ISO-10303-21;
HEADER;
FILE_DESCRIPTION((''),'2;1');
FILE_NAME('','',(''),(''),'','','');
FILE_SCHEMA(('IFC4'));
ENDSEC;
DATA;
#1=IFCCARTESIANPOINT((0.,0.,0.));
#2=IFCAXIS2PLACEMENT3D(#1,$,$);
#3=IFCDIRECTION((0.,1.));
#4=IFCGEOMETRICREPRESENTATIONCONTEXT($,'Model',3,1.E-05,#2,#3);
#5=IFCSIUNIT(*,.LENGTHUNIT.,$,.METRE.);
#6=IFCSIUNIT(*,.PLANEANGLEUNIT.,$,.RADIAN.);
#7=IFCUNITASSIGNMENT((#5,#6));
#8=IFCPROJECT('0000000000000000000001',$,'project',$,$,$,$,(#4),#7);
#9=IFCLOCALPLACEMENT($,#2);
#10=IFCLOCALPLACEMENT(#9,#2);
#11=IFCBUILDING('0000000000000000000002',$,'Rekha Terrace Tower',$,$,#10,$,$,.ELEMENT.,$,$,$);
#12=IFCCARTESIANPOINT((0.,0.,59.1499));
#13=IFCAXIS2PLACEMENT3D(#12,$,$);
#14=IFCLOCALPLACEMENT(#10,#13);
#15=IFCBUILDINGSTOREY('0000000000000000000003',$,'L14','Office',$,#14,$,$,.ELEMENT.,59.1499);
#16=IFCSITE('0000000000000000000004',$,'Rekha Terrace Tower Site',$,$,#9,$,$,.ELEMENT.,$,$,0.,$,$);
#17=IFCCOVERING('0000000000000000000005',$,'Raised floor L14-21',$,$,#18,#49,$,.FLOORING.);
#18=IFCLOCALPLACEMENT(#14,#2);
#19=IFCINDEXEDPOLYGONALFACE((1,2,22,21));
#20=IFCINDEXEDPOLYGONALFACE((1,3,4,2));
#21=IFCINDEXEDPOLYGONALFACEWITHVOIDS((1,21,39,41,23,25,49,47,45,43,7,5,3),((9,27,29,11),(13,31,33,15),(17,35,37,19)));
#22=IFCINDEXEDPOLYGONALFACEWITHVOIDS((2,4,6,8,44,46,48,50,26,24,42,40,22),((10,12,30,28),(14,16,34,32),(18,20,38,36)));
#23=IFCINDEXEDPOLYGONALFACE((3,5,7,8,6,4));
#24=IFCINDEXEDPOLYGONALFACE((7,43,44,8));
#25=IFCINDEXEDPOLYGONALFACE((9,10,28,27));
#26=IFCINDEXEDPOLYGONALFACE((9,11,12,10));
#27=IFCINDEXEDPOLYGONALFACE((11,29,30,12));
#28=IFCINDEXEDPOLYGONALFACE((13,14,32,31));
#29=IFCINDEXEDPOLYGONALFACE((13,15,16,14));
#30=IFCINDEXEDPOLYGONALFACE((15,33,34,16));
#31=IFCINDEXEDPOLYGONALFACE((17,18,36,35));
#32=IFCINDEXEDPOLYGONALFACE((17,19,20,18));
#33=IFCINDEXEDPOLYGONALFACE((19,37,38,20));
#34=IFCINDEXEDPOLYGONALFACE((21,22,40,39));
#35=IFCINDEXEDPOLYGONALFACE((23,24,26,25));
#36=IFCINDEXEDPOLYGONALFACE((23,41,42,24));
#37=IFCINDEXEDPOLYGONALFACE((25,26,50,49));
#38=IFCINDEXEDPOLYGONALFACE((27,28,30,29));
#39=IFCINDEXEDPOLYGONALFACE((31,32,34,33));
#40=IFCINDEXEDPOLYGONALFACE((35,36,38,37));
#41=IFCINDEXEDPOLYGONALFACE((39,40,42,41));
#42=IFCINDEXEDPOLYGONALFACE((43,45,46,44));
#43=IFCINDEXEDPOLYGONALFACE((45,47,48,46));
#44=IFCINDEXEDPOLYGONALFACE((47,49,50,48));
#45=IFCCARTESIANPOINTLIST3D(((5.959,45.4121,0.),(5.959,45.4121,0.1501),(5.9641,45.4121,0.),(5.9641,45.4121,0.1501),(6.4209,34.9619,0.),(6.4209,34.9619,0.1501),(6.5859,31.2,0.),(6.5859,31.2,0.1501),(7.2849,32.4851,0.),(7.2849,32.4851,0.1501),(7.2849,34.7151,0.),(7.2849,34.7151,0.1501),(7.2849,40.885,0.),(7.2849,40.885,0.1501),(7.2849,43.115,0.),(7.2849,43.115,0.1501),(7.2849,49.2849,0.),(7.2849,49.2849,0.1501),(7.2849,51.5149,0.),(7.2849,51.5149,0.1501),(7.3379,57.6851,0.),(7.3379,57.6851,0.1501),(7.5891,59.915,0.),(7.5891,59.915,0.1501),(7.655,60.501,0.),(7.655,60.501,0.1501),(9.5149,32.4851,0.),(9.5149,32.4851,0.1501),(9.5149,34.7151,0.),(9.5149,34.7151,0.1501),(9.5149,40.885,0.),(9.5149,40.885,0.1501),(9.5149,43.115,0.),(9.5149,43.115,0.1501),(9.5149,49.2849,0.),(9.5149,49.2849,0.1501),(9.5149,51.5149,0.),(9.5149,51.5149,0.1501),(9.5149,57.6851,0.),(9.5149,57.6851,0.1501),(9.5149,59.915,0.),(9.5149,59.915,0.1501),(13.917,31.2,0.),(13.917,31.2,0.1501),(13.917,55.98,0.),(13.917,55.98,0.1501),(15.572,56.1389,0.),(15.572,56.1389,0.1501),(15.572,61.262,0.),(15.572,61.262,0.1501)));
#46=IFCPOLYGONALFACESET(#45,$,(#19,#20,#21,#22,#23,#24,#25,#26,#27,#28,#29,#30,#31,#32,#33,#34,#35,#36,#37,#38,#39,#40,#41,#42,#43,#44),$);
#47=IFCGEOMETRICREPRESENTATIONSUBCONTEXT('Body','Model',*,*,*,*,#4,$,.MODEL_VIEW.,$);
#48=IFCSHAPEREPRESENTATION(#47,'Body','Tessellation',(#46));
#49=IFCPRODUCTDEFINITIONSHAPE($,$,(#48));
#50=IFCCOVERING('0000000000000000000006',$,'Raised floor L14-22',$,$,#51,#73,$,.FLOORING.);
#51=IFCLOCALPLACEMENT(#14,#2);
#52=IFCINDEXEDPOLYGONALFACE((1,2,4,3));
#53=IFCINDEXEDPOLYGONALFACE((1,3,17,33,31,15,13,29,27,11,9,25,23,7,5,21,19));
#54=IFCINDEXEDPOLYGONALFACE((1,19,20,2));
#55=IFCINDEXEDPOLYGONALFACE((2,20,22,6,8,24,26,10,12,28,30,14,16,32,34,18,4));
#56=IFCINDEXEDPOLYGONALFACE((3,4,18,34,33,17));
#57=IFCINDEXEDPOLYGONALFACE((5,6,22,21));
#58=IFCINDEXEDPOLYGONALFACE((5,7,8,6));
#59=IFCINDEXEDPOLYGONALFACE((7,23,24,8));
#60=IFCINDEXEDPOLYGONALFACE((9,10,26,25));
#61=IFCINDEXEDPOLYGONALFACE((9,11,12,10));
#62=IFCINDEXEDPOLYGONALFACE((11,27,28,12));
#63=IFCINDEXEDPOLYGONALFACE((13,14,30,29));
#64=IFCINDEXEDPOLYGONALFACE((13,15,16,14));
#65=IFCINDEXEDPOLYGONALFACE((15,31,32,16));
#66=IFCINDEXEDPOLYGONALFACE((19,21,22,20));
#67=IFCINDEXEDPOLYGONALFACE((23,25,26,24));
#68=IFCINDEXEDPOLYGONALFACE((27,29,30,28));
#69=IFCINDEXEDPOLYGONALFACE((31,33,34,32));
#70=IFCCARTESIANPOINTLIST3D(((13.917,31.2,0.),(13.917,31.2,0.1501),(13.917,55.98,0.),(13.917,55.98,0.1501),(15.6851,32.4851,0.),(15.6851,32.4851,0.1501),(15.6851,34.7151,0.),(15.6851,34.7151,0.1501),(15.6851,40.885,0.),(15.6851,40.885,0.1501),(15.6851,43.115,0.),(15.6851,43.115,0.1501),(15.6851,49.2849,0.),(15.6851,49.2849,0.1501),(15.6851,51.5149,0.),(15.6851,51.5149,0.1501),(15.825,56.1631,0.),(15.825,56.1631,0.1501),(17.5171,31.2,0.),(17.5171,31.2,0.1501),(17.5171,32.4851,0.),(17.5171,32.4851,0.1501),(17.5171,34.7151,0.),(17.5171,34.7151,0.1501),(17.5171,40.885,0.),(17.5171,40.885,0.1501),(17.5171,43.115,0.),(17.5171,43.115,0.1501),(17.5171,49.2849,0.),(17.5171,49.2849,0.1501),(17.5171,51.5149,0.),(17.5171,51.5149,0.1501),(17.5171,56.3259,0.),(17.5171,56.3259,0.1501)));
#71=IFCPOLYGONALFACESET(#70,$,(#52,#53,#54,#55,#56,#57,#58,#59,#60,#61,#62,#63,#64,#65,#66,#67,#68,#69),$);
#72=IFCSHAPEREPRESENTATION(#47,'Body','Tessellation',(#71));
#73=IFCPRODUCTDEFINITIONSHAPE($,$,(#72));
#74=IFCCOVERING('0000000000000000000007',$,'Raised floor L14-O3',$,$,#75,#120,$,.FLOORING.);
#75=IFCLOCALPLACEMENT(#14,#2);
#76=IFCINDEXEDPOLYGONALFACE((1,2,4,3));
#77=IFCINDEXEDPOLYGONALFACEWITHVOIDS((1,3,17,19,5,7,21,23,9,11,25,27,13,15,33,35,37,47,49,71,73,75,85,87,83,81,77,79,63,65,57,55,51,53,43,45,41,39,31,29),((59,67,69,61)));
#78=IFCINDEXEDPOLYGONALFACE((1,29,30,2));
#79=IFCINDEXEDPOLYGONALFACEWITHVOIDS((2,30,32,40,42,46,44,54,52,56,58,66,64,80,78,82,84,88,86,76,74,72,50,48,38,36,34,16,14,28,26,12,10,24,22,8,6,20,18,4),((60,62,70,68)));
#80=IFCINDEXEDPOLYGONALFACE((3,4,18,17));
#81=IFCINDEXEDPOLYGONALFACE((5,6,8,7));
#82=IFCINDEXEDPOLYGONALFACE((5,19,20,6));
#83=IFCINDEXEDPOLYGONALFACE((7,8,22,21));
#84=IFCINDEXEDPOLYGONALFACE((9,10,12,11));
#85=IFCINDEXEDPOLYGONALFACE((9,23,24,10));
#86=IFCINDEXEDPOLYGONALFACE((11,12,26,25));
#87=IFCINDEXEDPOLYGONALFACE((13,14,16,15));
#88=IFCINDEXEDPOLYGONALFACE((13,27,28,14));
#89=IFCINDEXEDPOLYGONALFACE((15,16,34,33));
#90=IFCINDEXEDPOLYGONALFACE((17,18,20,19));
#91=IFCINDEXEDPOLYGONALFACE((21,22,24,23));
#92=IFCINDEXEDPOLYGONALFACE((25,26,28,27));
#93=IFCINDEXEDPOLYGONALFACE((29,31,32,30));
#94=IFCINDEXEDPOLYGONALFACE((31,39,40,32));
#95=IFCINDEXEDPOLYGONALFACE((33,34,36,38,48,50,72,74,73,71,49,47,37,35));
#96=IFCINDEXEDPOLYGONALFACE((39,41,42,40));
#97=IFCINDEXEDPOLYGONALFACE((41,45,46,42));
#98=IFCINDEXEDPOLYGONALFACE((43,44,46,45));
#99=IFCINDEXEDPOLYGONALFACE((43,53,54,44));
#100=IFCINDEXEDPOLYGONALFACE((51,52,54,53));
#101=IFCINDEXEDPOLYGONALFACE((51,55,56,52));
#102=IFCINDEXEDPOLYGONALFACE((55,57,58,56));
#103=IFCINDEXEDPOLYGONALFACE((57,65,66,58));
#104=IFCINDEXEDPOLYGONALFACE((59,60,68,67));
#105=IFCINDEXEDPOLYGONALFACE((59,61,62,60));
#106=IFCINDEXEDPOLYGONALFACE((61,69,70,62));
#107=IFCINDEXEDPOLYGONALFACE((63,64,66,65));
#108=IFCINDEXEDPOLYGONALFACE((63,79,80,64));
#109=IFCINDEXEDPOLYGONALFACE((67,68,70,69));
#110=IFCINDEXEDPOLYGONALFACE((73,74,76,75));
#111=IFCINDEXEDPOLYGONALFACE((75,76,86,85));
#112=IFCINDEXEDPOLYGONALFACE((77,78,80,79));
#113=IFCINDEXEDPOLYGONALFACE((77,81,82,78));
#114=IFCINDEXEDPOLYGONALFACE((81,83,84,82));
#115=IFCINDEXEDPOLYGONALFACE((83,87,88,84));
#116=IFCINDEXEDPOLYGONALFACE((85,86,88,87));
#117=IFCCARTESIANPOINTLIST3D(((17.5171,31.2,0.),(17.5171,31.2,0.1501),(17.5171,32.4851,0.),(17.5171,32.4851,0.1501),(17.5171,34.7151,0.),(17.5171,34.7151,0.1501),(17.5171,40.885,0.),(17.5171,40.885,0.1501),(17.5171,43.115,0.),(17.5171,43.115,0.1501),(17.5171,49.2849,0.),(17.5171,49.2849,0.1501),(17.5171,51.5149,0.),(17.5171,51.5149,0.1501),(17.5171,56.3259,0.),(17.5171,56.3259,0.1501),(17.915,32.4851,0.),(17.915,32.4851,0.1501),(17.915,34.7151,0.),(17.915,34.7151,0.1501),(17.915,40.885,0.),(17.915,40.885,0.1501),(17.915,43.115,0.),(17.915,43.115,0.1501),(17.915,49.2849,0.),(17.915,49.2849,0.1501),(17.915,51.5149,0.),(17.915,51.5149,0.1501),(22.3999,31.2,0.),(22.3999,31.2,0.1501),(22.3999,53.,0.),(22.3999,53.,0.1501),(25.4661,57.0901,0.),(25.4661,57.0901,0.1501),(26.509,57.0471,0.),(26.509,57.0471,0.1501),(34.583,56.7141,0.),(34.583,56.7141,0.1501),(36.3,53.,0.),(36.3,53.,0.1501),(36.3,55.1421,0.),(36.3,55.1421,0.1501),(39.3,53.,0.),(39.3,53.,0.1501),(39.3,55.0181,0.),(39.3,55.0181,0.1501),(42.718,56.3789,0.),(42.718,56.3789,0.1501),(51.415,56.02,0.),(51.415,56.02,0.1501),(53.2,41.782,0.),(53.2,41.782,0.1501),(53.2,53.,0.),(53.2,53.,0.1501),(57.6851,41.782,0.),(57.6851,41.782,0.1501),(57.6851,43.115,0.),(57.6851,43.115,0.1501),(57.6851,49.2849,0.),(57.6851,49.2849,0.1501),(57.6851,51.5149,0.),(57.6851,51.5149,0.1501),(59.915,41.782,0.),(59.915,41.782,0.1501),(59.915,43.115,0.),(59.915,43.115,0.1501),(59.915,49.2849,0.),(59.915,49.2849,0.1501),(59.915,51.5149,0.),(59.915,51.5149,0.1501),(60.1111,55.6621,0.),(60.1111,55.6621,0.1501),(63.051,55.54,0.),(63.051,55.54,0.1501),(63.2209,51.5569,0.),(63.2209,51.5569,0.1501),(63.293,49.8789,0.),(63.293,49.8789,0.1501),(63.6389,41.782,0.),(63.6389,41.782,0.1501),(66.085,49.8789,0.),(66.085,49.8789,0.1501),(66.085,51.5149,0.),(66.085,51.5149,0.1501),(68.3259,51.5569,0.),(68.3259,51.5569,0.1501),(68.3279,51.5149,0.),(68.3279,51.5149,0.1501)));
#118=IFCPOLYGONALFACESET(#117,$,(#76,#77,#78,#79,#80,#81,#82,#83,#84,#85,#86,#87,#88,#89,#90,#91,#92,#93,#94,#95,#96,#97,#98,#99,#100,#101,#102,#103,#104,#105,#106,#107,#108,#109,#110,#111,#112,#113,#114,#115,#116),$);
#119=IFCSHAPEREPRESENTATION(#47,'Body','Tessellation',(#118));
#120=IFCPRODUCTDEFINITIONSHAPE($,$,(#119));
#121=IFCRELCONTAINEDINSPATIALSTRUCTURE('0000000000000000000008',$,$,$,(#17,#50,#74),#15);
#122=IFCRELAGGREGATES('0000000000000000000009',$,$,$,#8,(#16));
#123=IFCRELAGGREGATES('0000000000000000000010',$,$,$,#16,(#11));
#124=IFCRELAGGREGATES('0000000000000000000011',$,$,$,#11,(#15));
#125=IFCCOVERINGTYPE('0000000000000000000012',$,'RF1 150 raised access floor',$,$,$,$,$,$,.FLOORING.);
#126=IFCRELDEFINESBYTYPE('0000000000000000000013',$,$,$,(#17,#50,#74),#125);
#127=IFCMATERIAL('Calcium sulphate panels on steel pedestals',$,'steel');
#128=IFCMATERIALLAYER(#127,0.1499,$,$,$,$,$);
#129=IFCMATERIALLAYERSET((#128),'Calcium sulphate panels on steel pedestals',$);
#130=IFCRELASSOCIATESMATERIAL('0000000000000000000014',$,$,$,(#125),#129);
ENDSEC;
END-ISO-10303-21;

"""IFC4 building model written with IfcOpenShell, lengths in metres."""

from ifc_helpers import new_model, si_unit, direction, frame, origin, place, context, subcontext, project, spatial, polyline, outline, extrude, material, layer, layer_set, type_object, element, save


model = new_model("IFC4")

# Units and contexts
model_context = context("Model", 3, precision=1e-05, world=origin(), true_north=direction((0.0, 1.0)))
body_context = subcontext(model_context, "Body", "Model", "MODEL_VIEW")
ifc_project = project(units=[si_unit("LENGTHUNIT", "METRE"), si_unit("PLANEANGLEUNIT", "RADIAN")], contexts=[model_context])

# Site, building, storey
site_placement = place(None, origin())
site = spatial("IfcSite", under=ifc_project, at=site_placement, Name="Rekha Terrace Tower Site", CompositionType="ELEMENT", RefElevation=0.0)
building_placement = place(site_placement, origin())
building = spatial("IfcBuilding", under=site, at=building_placement, Name="Rekha Terrace Tower", CompositionType="ELEMENT")
storey_placement = place(building_placement, frame((0.0, 0.0, 59.1499)))
storey = spatial("IfcBuildingStorey", under=building, at=storey_placement, Name="L14", Description="Office", CompositionType="ELEMENT", Elevation=59.1499)

# Coverings
ifc_material_1 = material(Name="Calcium sulphate panels on steel pedestals", Category="steel")
ifc_layer_1 = layer(ifc_material_1, 0.1499)
ifc_layer_set_1 = layer_set([ifc_layer_1], Name="Calcium sulphate panels on steel pedestals")
covering_type_1 = type_object("IfcCoveringType", Name="RF1 150 raised access floor", PredefinedType="FLOORING", material=ifc_layer_set_1)
covering_1_placement = place(storey_placement, origin())
element("IfcCovering", 1, at=covering_1_placement, inside=storey, type_object=covering_type_1, Name="Raised floor L14-21", PredefinedType="FLOORING", context=body_context, shape_type="SweptSolid", body=[
    extrude(outline(polyline([(7.3379, 57.6851), (5.959, 45.4121), (5.9641, 45.4121), (6.4209, 34.9619), (6.5859, 31.2), (13.917, 31.2), (13.917, 55.98), (15.572, 56.1389), (15.572, 61.262), (7.655, 60.501), (7.5891, 59.915), (9.5149, 59.915), (9.5149, 57.6851), (7.3379, 57.6851)]), holes=[polyline([(9.5149, 32.4851), (7.2849, 32.4851), (7.2849, 34.7151), (9.5149, 34.7151), (9.5149, 32.4851)]), polyline([(9.5149, 40.885), (7.2849, 40.885), (7.2849, 43.115), (9.5149, 43.115), (9.5149, 40.885)]), polyline([(9.5149, 51.5149), (9.5149, 49.2849), (7.2849, 49.2849), (7.2849, 51.5149), (9.5149, 51.5149)])]), origin(), (0.0, 0.0, 1.0), 0.1501),
])
covering_2_placement = place(storey_placement, origin())
element("IfcCovering", 2, at=covering_2_placement, inside=storey, type_object=covering_type_1, Name="Raised floor L14-22", PredefinedType="FLOORING", context=body_context, shape_type="SweptSolid", body=[
    extrude(outline(polyline([(17.5171, 56.3259), (15.825, 56.1631), (13.917, 55.98), (13.917, 31.2), (17.5171, 31.2), (17.5171, 32.4851), (15.6851, 32.4851), (15.6851, 34.7151), (17.5171, 34.7151), (17.5171, 40.885), (15.6851, 40.885), (15.6851, 43.115), (17.5171, 43.115), (17.5171, 49.2849), (15.6851, 49.2849), (15.6851, 51.5149), (17.5171, 51.5149), (17.5171, 56.3259)])), origin(), (0.0, 0.0, 1.0), 0.1501),
])
covering_3_placement = place(storey_placement, origin())
element("IfcCovering", 3, at=covering_3_placement, inside=storey, type_object=covering_type_1, Name="Raised floor L14-O3", PredefinedType="FLOORING", context=body_context, shape_type="SweptSolid", body=[
    extrude(outline(polyline([(34.583, 56.7141), (26.509, 57.0471), (25.4661, 57.0901), (17.5171, 56.3259), (17.5171, 51.5149), (17.915, 51.5149), (17.915, 49.2849), (17.5171, 49.2849), (17.5171, 43.115), (17.915, 43.115), (17.915, 40.885), (17.5171, 40.885), (17.5171, 34.7151), (17.915, 34.7151), (17.915, 32.4851), (17.5171, 32.4851), (17.5171, 31.2), (22.3999, 31.2), (22.3999, 53.0), (36.3, 53.0), (36.3, 55.1421), (39.3, 55.0181), (39.3, 53.0), (53.2, 53.0), (53.2, 41.782), (57.6851, 41.782), (57.6851, 43.115), (59.915, 43.115), (59.915, 41.782), (63.6389, 41.782), (63.293, 49.8789), (66.085, 49.8789), (66.085, 51.5149), (68.3279, 51.5149), (68.3259, 51.5569), (63.2209, 51.5569), (63.051, 55.54), (60.1111, 55.6621), (51.415, 56.02), (42.718, 56.3789), (34.583, 56.7141)]), holes=[polyline([(59.915, 49.2849), (57.6851, 49.2849), (57.6851, 51.5149), (59.915, 51.5149), (59.915, 49.2849)])]), origin(), (0.0, 0.0, 1.0), 0.1501),
])

save(model, "model.ifc")
